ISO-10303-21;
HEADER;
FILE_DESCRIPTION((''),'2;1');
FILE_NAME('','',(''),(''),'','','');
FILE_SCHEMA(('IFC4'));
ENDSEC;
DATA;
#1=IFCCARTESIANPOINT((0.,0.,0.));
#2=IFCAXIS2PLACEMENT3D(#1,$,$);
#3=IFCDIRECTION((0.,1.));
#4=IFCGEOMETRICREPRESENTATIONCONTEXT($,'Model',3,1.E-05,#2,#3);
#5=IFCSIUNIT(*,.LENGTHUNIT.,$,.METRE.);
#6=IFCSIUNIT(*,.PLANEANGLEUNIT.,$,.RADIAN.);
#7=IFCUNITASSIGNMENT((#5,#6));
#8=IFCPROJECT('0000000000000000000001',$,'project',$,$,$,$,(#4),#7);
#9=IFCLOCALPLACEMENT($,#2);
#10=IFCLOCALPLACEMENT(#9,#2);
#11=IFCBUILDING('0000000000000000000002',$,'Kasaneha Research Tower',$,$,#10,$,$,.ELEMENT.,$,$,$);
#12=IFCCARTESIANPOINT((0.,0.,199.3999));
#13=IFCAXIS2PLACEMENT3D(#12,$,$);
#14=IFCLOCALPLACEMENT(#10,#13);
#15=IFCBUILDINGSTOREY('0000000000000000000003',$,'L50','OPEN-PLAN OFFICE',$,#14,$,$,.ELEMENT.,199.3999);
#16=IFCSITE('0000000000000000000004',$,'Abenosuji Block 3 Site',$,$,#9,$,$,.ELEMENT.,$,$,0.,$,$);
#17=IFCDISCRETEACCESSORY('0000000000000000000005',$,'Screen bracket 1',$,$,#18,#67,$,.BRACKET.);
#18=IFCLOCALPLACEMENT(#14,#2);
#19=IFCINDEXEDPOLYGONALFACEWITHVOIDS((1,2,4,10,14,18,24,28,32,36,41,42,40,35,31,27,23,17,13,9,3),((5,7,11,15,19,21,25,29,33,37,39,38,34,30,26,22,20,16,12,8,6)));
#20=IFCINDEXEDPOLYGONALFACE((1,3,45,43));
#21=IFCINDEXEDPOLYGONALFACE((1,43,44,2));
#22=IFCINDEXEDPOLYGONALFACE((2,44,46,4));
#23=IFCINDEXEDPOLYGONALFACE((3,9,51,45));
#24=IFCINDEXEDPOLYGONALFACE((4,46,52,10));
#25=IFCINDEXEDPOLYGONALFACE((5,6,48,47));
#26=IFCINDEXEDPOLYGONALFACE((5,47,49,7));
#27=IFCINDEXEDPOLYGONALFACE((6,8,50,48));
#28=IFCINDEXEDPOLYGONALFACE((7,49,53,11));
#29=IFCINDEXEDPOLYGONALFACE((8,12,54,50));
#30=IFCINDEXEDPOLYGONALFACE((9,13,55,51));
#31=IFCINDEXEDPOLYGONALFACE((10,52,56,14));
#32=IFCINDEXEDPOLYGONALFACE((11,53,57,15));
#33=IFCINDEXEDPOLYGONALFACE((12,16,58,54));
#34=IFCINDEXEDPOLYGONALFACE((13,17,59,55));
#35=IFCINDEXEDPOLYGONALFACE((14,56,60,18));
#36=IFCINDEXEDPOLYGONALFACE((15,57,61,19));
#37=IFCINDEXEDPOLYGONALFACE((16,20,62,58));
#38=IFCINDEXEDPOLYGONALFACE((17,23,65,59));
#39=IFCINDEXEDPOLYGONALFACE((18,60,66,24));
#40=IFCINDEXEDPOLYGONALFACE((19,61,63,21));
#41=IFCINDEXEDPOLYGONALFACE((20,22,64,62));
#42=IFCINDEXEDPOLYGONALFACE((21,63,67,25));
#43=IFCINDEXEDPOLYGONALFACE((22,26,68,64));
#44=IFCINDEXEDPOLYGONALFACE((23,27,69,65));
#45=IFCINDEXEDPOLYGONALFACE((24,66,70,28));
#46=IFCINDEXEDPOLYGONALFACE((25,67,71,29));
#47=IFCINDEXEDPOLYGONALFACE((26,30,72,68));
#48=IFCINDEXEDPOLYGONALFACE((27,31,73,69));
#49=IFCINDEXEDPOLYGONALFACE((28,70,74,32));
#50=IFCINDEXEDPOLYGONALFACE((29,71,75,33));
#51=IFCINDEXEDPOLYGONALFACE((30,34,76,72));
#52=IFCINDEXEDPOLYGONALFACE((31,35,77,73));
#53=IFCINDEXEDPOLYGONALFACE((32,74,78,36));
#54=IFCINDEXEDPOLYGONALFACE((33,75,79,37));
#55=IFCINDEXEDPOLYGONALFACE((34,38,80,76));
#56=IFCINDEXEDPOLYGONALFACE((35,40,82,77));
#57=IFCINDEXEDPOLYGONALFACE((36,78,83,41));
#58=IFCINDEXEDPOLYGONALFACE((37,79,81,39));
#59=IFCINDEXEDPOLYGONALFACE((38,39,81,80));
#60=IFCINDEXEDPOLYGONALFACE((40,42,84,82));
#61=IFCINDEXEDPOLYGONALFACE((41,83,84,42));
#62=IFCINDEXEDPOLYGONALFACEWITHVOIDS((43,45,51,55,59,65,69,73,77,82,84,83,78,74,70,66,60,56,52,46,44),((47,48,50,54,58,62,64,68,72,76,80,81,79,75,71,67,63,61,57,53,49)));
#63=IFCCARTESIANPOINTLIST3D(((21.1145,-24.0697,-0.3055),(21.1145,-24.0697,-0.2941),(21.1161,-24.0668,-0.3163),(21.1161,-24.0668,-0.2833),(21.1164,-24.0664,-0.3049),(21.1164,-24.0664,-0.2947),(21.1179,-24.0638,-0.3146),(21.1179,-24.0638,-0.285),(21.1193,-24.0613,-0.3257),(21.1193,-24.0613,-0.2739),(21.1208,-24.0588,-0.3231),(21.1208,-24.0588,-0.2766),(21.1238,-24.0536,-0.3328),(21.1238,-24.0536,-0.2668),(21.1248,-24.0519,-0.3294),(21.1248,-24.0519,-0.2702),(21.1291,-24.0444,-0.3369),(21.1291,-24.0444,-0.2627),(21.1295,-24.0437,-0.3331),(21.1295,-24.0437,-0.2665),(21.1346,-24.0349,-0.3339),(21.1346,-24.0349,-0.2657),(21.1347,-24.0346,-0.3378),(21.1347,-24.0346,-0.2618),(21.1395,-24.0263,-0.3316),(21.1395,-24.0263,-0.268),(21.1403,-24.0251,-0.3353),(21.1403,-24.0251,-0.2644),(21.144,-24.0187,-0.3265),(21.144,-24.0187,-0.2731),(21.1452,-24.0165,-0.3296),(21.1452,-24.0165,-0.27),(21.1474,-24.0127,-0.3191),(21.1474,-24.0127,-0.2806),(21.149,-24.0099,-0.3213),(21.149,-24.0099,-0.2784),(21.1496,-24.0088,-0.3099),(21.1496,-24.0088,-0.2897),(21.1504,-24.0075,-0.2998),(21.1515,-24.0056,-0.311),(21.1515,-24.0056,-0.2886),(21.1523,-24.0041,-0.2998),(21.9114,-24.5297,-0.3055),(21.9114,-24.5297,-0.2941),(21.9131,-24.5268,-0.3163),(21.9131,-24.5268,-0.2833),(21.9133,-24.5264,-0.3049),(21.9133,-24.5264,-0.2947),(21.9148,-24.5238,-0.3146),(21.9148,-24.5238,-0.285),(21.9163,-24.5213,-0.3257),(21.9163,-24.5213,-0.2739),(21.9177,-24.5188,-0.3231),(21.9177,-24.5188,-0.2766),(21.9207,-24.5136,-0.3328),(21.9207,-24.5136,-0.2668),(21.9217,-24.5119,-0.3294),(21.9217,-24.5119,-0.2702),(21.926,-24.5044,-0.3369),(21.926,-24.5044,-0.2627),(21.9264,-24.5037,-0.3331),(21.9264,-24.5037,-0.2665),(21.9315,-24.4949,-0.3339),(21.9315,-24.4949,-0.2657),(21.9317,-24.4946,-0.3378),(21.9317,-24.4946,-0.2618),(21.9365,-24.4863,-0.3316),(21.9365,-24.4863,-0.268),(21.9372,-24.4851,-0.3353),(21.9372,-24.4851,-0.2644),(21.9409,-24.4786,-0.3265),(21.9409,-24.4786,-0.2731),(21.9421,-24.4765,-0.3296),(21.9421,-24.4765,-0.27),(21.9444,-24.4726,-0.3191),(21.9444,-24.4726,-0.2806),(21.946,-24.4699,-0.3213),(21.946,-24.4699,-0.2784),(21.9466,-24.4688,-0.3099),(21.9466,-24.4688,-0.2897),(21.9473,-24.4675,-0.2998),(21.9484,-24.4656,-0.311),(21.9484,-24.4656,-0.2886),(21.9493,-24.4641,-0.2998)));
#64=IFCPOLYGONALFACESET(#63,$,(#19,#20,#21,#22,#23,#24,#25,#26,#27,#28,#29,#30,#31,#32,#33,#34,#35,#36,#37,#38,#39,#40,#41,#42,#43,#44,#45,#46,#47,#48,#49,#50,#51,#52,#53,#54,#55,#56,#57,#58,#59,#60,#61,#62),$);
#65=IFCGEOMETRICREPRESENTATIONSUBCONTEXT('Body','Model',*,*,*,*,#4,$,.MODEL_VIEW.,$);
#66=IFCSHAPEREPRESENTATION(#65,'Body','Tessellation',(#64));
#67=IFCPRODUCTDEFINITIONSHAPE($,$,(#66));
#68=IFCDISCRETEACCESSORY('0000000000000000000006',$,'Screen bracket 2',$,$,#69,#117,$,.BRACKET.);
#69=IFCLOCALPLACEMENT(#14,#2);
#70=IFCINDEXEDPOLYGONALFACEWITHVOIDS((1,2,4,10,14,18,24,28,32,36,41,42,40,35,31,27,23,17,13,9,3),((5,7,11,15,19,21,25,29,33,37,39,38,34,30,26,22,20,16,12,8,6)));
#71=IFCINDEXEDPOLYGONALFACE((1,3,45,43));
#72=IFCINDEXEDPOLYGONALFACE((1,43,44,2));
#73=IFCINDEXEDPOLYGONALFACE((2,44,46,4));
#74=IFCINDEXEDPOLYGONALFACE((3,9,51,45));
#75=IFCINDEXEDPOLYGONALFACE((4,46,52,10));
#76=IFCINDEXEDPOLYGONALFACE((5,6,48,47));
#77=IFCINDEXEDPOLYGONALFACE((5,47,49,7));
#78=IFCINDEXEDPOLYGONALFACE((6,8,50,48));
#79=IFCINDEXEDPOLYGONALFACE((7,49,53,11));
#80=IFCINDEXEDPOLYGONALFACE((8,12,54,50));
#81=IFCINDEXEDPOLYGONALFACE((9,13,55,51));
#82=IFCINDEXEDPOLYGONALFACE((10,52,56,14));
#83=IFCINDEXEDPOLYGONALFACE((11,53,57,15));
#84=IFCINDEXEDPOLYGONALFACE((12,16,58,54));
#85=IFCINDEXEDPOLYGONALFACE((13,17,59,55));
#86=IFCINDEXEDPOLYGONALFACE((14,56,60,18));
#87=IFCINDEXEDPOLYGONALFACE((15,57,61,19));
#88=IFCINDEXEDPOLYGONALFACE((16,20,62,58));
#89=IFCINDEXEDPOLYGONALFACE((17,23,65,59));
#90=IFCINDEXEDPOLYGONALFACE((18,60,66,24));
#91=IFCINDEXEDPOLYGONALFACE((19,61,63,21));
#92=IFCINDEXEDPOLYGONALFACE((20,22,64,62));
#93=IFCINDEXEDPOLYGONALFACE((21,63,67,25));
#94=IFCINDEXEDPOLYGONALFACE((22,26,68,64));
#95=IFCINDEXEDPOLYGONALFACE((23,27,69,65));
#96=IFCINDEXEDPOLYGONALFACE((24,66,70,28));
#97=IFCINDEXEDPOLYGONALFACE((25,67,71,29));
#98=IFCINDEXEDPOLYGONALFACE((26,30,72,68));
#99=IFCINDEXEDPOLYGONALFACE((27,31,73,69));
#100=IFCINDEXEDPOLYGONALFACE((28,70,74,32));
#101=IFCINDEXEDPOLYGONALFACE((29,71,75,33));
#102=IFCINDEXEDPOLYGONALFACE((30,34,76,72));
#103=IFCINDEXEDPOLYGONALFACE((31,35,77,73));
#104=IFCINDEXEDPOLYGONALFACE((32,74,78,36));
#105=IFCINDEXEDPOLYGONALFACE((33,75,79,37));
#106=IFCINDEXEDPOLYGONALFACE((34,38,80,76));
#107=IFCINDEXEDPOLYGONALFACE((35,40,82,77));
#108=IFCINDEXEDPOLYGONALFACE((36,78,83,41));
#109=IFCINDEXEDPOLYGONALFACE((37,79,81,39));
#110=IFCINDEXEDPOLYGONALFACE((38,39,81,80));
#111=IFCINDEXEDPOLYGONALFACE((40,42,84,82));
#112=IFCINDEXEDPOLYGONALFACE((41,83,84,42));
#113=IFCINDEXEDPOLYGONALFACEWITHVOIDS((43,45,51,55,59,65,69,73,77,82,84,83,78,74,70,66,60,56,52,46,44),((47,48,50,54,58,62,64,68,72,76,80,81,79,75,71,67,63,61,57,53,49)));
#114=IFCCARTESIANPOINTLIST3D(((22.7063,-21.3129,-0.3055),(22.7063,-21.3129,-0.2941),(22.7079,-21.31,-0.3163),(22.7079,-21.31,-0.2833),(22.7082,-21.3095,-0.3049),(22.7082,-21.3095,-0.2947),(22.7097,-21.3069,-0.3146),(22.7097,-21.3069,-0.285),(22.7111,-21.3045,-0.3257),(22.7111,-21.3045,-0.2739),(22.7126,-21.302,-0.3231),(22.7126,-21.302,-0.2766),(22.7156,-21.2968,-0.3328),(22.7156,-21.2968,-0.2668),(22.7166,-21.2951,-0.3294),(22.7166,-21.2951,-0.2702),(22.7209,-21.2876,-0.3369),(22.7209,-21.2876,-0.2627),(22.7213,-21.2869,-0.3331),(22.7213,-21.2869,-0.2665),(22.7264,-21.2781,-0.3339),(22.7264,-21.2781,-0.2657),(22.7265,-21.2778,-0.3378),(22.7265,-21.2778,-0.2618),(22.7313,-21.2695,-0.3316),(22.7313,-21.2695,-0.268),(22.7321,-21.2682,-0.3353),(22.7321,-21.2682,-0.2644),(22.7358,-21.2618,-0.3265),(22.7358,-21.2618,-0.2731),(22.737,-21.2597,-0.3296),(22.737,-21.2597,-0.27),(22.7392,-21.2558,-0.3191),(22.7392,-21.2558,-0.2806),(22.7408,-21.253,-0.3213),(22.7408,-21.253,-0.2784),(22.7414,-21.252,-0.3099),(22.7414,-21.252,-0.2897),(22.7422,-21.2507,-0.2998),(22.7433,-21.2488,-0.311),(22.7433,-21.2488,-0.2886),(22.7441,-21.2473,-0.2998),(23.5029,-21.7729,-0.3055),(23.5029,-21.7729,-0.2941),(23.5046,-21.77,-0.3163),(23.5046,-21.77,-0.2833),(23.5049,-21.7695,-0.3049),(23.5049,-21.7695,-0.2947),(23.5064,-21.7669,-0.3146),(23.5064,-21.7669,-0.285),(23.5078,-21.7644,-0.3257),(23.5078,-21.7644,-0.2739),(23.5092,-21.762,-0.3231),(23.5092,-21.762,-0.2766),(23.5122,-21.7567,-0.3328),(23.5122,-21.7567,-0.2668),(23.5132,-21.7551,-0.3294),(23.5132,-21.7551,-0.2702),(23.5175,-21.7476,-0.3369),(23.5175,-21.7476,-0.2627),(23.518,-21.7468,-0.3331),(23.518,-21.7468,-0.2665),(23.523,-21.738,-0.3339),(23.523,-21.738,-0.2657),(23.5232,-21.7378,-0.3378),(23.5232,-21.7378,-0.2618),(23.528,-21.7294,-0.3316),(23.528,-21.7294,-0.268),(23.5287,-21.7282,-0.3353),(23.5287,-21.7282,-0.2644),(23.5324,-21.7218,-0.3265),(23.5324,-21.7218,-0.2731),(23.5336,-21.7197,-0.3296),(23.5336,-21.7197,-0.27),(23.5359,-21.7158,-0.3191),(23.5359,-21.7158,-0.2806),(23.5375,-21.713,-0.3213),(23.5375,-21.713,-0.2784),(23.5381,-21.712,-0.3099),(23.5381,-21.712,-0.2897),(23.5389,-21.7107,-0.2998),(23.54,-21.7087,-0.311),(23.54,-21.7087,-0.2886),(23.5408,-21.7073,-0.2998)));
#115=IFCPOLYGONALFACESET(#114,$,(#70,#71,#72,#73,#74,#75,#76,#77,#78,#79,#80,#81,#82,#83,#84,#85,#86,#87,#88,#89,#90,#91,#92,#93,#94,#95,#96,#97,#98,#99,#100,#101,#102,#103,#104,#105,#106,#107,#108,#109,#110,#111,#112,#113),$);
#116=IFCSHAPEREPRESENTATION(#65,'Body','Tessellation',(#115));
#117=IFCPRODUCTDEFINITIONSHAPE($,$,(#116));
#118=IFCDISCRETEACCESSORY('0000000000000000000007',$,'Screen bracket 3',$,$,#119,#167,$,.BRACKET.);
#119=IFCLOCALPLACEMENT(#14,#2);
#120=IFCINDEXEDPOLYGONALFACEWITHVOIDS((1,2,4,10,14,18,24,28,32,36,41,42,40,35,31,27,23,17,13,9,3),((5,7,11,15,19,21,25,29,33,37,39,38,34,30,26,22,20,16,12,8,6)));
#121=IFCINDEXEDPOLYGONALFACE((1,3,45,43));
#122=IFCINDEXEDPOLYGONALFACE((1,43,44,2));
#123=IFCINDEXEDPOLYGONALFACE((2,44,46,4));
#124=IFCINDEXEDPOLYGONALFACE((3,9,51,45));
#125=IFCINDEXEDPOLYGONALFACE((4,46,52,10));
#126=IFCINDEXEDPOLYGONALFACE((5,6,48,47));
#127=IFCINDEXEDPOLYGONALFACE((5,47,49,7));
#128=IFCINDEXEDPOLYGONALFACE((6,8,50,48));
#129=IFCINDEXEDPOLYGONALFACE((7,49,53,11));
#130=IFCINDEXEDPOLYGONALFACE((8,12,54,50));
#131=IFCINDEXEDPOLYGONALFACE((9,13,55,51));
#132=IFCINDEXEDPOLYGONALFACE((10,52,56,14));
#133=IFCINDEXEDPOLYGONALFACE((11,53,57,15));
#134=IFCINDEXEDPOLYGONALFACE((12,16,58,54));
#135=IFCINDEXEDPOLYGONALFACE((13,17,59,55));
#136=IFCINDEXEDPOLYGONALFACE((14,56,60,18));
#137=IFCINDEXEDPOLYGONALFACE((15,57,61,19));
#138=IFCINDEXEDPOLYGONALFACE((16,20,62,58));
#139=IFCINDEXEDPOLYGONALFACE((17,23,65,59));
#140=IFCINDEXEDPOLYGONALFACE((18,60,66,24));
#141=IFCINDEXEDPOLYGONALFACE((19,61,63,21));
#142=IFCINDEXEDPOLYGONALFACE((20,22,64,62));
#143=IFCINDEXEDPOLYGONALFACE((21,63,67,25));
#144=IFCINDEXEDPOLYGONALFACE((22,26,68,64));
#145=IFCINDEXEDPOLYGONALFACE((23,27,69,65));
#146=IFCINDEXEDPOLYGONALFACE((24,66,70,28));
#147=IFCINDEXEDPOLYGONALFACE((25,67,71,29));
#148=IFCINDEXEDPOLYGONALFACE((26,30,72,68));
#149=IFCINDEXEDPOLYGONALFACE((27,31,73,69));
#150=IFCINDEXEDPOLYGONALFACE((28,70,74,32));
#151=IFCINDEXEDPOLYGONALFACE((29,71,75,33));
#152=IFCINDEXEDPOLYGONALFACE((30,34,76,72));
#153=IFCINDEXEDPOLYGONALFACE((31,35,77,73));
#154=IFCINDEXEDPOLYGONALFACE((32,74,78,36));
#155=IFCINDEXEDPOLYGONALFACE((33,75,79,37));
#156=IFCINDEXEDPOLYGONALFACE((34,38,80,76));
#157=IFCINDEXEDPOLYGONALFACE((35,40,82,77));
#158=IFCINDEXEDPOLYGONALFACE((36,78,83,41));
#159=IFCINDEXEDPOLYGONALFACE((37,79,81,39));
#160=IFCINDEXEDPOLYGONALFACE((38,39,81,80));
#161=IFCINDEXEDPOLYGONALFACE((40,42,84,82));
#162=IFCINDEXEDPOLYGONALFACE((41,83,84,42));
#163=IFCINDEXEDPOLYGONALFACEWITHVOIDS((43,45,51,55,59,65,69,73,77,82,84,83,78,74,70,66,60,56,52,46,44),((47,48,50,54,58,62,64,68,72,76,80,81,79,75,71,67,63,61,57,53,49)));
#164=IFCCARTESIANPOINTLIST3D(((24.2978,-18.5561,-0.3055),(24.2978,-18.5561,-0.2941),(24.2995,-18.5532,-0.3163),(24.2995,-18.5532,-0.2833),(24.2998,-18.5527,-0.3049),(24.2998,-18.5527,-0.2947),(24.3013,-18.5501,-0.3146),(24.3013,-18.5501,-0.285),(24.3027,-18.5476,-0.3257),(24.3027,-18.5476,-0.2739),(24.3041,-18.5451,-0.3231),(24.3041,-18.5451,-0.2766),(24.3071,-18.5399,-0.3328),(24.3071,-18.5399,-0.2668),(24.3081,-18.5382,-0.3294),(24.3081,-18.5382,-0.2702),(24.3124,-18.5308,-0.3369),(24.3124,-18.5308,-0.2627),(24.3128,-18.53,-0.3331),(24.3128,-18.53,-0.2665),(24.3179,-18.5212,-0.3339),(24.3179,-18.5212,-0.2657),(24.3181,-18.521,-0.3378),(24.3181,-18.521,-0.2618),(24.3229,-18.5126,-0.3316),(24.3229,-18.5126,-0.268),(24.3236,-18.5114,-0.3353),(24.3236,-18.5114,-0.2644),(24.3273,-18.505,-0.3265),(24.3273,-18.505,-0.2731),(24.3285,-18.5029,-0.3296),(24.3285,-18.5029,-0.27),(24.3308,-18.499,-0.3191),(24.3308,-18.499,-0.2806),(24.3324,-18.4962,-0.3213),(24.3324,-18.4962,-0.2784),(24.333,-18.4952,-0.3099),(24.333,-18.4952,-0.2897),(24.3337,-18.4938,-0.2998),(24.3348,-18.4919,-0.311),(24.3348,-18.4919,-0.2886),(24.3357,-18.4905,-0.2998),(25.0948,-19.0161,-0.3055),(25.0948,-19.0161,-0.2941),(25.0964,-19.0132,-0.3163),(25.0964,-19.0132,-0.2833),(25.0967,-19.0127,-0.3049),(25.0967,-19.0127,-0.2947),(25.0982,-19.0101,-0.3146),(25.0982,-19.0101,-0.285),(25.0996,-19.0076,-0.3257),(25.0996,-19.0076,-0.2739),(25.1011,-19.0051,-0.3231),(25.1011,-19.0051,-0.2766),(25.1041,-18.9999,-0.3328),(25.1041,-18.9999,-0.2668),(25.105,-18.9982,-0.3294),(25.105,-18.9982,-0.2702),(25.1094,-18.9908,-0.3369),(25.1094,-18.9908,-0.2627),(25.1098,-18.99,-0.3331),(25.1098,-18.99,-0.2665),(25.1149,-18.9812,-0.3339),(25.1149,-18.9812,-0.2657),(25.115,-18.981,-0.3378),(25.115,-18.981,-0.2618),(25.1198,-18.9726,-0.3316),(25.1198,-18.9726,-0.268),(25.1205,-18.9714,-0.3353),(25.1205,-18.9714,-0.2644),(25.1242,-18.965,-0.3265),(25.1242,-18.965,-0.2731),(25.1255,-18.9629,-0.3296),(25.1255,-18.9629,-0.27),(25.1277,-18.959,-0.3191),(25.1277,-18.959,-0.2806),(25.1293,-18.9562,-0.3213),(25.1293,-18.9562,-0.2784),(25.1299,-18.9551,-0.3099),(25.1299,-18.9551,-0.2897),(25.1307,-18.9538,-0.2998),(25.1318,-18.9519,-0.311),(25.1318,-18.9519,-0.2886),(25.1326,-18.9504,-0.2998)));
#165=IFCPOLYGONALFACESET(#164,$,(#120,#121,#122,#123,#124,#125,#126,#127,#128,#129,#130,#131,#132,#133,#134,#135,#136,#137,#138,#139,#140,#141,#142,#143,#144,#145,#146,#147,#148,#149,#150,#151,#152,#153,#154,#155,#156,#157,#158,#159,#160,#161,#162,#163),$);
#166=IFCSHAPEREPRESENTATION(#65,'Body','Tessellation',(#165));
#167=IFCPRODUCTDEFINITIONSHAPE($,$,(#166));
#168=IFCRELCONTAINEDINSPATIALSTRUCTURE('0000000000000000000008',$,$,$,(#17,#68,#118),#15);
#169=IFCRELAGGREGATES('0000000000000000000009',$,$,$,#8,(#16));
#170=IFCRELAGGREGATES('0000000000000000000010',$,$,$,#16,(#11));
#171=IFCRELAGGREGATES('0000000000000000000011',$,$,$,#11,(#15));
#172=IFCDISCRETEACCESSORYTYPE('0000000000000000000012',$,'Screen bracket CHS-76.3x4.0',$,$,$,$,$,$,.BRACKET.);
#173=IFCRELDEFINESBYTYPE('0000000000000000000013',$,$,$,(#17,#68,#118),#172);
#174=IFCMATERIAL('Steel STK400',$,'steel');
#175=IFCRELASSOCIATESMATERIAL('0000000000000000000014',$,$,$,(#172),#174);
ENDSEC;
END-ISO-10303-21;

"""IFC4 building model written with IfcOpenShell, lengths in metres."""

from ifc_helpers import new_model, si_unit, direction, frame, origin, origin_2d, place, context, subcontext, project, spatial, hollow_circle, extrude, material, material_profile, profile_set, type_object, element, save


model = new_model("IFC4")

# Units and contexts
model_context = context("Model", 3, precision=1e-05, world=origin(), true_north=direction((0.0, 1.0)))
body_context = subcontext(model_context, "Body", "Model", "MODEL_VIEW")
ifc_project = project(units=[si_unit("LENGTHUNIT", "METRE"), si_unit("PLANEANGLEUNIT", "RADIAN")], contexts=[model_context])

# Site, building, storey
site_placement = place(None, origin())
site = spatial("IfcSite", under=ifc_project, at=site_placement, Name="Abenosuji Block 3 Site", CompositionType="ELEMENT", RefElevation=0.0)
building_placement = place(site_placement, origin())
building = spatial("IfcBuilding", under=site, at=building_placement, Name="Kasaneha Research Tower", CompositionType="ELEMENT")
storey_placement = place(building_placement, frame((0.0, 0.0, 199.3999)))
storey = spatial("IfcBuildingStorey", under=building, at=storey_placement, Name="L50", Description="OPEN-PLAN OFFICE", CompositionType="ELEMENT", Elevation=199.3999)

# Discrete accessories
ifc_material_1 = material(Name="Steel STK400", Category="steel")
ifc_material_profile_1 = material_profile(ifc_material_1, hollow_circle(Radius=0.0381, WallThickness=0.0039, at=origin_2d()), Name="CHS-76.3x4.0")
ifc_profile_set_1 = profile_set([ifc_material_profile_1], Name="Steel STK400")
discrete_accessory_type = type_object("IfcDiscreteAccessoryType", Name="Screen bracket CHS-76.3x4.0", PredefinedType="BRACKET", material=ifc_profile_set_1)
discrete_accessory_1_placement = place(storey_placement, frame((21.1333, -24.0371, -0.2998), z_axis=(0.86608, -0.499906, 0.0), x_axis=(0.499906, 0.86608, 0.0)))
element("IfcDiscreteAccessory", 1, at=discrete_accessory_1_placement, inside=storey, type_object=discrete_accessory_type, Name="Screen bracket 1", PredefinedType="BRACKET", context=body_context, shape_type="SweptSolid", body=[
    extrude(hollow_circle(Radius=0.0381, WallThickness=0.0039, at=origin_2d()), origin(), (0.0, 0.0, 1.0), 0.9202),
])
discrete_accessory_2_placement = place(storey_placement, frame((22.7251, -21.2803, -0.2998), z_axis=(0.866013, -0.500021, 0.0), x_axis=(0.500021, 0.866013, 0.0)))
element("IfcDiscreteAccessory", 2, at=discrete_accessory_2_placement, inside=storey, type_object=discrete_accessory_type, Name="Screen bracket 2", PredefinedType="BRACKET", context=body_context, shape_type="SweptSolid", body=[
    extrude(hollow_circle(Radius=0.0381, WallThickness=0.0039, at=origin_2d()), origin(), (0.0, 0.0, 1.0), 0.9199),
])
discrete_accessory_3_placement = place(storey_placement, frame((24.3167, -18.5234, -0.2998), z_axis=(0.86608, -0.499906, 0.0), x_axis=(0.499906, 0.86608, 0.0)))
element("IfcDiscreteAccessory", 3, at=discrete_accessory_3_placement, inside=storey, type_object=discrete_accessory_type, Name="Screen bracket 3", PredefinedType="BRACKET", context=body_context, shape_type="SweptSolid", body=[
    extrude(hollow_circle(Radius=0.0381, WallThickness=0.0039, at=origin_2d()), origin(), (0.0, 0.0, 1.0), 0.9202),
])

save(model, "model.ifc")
